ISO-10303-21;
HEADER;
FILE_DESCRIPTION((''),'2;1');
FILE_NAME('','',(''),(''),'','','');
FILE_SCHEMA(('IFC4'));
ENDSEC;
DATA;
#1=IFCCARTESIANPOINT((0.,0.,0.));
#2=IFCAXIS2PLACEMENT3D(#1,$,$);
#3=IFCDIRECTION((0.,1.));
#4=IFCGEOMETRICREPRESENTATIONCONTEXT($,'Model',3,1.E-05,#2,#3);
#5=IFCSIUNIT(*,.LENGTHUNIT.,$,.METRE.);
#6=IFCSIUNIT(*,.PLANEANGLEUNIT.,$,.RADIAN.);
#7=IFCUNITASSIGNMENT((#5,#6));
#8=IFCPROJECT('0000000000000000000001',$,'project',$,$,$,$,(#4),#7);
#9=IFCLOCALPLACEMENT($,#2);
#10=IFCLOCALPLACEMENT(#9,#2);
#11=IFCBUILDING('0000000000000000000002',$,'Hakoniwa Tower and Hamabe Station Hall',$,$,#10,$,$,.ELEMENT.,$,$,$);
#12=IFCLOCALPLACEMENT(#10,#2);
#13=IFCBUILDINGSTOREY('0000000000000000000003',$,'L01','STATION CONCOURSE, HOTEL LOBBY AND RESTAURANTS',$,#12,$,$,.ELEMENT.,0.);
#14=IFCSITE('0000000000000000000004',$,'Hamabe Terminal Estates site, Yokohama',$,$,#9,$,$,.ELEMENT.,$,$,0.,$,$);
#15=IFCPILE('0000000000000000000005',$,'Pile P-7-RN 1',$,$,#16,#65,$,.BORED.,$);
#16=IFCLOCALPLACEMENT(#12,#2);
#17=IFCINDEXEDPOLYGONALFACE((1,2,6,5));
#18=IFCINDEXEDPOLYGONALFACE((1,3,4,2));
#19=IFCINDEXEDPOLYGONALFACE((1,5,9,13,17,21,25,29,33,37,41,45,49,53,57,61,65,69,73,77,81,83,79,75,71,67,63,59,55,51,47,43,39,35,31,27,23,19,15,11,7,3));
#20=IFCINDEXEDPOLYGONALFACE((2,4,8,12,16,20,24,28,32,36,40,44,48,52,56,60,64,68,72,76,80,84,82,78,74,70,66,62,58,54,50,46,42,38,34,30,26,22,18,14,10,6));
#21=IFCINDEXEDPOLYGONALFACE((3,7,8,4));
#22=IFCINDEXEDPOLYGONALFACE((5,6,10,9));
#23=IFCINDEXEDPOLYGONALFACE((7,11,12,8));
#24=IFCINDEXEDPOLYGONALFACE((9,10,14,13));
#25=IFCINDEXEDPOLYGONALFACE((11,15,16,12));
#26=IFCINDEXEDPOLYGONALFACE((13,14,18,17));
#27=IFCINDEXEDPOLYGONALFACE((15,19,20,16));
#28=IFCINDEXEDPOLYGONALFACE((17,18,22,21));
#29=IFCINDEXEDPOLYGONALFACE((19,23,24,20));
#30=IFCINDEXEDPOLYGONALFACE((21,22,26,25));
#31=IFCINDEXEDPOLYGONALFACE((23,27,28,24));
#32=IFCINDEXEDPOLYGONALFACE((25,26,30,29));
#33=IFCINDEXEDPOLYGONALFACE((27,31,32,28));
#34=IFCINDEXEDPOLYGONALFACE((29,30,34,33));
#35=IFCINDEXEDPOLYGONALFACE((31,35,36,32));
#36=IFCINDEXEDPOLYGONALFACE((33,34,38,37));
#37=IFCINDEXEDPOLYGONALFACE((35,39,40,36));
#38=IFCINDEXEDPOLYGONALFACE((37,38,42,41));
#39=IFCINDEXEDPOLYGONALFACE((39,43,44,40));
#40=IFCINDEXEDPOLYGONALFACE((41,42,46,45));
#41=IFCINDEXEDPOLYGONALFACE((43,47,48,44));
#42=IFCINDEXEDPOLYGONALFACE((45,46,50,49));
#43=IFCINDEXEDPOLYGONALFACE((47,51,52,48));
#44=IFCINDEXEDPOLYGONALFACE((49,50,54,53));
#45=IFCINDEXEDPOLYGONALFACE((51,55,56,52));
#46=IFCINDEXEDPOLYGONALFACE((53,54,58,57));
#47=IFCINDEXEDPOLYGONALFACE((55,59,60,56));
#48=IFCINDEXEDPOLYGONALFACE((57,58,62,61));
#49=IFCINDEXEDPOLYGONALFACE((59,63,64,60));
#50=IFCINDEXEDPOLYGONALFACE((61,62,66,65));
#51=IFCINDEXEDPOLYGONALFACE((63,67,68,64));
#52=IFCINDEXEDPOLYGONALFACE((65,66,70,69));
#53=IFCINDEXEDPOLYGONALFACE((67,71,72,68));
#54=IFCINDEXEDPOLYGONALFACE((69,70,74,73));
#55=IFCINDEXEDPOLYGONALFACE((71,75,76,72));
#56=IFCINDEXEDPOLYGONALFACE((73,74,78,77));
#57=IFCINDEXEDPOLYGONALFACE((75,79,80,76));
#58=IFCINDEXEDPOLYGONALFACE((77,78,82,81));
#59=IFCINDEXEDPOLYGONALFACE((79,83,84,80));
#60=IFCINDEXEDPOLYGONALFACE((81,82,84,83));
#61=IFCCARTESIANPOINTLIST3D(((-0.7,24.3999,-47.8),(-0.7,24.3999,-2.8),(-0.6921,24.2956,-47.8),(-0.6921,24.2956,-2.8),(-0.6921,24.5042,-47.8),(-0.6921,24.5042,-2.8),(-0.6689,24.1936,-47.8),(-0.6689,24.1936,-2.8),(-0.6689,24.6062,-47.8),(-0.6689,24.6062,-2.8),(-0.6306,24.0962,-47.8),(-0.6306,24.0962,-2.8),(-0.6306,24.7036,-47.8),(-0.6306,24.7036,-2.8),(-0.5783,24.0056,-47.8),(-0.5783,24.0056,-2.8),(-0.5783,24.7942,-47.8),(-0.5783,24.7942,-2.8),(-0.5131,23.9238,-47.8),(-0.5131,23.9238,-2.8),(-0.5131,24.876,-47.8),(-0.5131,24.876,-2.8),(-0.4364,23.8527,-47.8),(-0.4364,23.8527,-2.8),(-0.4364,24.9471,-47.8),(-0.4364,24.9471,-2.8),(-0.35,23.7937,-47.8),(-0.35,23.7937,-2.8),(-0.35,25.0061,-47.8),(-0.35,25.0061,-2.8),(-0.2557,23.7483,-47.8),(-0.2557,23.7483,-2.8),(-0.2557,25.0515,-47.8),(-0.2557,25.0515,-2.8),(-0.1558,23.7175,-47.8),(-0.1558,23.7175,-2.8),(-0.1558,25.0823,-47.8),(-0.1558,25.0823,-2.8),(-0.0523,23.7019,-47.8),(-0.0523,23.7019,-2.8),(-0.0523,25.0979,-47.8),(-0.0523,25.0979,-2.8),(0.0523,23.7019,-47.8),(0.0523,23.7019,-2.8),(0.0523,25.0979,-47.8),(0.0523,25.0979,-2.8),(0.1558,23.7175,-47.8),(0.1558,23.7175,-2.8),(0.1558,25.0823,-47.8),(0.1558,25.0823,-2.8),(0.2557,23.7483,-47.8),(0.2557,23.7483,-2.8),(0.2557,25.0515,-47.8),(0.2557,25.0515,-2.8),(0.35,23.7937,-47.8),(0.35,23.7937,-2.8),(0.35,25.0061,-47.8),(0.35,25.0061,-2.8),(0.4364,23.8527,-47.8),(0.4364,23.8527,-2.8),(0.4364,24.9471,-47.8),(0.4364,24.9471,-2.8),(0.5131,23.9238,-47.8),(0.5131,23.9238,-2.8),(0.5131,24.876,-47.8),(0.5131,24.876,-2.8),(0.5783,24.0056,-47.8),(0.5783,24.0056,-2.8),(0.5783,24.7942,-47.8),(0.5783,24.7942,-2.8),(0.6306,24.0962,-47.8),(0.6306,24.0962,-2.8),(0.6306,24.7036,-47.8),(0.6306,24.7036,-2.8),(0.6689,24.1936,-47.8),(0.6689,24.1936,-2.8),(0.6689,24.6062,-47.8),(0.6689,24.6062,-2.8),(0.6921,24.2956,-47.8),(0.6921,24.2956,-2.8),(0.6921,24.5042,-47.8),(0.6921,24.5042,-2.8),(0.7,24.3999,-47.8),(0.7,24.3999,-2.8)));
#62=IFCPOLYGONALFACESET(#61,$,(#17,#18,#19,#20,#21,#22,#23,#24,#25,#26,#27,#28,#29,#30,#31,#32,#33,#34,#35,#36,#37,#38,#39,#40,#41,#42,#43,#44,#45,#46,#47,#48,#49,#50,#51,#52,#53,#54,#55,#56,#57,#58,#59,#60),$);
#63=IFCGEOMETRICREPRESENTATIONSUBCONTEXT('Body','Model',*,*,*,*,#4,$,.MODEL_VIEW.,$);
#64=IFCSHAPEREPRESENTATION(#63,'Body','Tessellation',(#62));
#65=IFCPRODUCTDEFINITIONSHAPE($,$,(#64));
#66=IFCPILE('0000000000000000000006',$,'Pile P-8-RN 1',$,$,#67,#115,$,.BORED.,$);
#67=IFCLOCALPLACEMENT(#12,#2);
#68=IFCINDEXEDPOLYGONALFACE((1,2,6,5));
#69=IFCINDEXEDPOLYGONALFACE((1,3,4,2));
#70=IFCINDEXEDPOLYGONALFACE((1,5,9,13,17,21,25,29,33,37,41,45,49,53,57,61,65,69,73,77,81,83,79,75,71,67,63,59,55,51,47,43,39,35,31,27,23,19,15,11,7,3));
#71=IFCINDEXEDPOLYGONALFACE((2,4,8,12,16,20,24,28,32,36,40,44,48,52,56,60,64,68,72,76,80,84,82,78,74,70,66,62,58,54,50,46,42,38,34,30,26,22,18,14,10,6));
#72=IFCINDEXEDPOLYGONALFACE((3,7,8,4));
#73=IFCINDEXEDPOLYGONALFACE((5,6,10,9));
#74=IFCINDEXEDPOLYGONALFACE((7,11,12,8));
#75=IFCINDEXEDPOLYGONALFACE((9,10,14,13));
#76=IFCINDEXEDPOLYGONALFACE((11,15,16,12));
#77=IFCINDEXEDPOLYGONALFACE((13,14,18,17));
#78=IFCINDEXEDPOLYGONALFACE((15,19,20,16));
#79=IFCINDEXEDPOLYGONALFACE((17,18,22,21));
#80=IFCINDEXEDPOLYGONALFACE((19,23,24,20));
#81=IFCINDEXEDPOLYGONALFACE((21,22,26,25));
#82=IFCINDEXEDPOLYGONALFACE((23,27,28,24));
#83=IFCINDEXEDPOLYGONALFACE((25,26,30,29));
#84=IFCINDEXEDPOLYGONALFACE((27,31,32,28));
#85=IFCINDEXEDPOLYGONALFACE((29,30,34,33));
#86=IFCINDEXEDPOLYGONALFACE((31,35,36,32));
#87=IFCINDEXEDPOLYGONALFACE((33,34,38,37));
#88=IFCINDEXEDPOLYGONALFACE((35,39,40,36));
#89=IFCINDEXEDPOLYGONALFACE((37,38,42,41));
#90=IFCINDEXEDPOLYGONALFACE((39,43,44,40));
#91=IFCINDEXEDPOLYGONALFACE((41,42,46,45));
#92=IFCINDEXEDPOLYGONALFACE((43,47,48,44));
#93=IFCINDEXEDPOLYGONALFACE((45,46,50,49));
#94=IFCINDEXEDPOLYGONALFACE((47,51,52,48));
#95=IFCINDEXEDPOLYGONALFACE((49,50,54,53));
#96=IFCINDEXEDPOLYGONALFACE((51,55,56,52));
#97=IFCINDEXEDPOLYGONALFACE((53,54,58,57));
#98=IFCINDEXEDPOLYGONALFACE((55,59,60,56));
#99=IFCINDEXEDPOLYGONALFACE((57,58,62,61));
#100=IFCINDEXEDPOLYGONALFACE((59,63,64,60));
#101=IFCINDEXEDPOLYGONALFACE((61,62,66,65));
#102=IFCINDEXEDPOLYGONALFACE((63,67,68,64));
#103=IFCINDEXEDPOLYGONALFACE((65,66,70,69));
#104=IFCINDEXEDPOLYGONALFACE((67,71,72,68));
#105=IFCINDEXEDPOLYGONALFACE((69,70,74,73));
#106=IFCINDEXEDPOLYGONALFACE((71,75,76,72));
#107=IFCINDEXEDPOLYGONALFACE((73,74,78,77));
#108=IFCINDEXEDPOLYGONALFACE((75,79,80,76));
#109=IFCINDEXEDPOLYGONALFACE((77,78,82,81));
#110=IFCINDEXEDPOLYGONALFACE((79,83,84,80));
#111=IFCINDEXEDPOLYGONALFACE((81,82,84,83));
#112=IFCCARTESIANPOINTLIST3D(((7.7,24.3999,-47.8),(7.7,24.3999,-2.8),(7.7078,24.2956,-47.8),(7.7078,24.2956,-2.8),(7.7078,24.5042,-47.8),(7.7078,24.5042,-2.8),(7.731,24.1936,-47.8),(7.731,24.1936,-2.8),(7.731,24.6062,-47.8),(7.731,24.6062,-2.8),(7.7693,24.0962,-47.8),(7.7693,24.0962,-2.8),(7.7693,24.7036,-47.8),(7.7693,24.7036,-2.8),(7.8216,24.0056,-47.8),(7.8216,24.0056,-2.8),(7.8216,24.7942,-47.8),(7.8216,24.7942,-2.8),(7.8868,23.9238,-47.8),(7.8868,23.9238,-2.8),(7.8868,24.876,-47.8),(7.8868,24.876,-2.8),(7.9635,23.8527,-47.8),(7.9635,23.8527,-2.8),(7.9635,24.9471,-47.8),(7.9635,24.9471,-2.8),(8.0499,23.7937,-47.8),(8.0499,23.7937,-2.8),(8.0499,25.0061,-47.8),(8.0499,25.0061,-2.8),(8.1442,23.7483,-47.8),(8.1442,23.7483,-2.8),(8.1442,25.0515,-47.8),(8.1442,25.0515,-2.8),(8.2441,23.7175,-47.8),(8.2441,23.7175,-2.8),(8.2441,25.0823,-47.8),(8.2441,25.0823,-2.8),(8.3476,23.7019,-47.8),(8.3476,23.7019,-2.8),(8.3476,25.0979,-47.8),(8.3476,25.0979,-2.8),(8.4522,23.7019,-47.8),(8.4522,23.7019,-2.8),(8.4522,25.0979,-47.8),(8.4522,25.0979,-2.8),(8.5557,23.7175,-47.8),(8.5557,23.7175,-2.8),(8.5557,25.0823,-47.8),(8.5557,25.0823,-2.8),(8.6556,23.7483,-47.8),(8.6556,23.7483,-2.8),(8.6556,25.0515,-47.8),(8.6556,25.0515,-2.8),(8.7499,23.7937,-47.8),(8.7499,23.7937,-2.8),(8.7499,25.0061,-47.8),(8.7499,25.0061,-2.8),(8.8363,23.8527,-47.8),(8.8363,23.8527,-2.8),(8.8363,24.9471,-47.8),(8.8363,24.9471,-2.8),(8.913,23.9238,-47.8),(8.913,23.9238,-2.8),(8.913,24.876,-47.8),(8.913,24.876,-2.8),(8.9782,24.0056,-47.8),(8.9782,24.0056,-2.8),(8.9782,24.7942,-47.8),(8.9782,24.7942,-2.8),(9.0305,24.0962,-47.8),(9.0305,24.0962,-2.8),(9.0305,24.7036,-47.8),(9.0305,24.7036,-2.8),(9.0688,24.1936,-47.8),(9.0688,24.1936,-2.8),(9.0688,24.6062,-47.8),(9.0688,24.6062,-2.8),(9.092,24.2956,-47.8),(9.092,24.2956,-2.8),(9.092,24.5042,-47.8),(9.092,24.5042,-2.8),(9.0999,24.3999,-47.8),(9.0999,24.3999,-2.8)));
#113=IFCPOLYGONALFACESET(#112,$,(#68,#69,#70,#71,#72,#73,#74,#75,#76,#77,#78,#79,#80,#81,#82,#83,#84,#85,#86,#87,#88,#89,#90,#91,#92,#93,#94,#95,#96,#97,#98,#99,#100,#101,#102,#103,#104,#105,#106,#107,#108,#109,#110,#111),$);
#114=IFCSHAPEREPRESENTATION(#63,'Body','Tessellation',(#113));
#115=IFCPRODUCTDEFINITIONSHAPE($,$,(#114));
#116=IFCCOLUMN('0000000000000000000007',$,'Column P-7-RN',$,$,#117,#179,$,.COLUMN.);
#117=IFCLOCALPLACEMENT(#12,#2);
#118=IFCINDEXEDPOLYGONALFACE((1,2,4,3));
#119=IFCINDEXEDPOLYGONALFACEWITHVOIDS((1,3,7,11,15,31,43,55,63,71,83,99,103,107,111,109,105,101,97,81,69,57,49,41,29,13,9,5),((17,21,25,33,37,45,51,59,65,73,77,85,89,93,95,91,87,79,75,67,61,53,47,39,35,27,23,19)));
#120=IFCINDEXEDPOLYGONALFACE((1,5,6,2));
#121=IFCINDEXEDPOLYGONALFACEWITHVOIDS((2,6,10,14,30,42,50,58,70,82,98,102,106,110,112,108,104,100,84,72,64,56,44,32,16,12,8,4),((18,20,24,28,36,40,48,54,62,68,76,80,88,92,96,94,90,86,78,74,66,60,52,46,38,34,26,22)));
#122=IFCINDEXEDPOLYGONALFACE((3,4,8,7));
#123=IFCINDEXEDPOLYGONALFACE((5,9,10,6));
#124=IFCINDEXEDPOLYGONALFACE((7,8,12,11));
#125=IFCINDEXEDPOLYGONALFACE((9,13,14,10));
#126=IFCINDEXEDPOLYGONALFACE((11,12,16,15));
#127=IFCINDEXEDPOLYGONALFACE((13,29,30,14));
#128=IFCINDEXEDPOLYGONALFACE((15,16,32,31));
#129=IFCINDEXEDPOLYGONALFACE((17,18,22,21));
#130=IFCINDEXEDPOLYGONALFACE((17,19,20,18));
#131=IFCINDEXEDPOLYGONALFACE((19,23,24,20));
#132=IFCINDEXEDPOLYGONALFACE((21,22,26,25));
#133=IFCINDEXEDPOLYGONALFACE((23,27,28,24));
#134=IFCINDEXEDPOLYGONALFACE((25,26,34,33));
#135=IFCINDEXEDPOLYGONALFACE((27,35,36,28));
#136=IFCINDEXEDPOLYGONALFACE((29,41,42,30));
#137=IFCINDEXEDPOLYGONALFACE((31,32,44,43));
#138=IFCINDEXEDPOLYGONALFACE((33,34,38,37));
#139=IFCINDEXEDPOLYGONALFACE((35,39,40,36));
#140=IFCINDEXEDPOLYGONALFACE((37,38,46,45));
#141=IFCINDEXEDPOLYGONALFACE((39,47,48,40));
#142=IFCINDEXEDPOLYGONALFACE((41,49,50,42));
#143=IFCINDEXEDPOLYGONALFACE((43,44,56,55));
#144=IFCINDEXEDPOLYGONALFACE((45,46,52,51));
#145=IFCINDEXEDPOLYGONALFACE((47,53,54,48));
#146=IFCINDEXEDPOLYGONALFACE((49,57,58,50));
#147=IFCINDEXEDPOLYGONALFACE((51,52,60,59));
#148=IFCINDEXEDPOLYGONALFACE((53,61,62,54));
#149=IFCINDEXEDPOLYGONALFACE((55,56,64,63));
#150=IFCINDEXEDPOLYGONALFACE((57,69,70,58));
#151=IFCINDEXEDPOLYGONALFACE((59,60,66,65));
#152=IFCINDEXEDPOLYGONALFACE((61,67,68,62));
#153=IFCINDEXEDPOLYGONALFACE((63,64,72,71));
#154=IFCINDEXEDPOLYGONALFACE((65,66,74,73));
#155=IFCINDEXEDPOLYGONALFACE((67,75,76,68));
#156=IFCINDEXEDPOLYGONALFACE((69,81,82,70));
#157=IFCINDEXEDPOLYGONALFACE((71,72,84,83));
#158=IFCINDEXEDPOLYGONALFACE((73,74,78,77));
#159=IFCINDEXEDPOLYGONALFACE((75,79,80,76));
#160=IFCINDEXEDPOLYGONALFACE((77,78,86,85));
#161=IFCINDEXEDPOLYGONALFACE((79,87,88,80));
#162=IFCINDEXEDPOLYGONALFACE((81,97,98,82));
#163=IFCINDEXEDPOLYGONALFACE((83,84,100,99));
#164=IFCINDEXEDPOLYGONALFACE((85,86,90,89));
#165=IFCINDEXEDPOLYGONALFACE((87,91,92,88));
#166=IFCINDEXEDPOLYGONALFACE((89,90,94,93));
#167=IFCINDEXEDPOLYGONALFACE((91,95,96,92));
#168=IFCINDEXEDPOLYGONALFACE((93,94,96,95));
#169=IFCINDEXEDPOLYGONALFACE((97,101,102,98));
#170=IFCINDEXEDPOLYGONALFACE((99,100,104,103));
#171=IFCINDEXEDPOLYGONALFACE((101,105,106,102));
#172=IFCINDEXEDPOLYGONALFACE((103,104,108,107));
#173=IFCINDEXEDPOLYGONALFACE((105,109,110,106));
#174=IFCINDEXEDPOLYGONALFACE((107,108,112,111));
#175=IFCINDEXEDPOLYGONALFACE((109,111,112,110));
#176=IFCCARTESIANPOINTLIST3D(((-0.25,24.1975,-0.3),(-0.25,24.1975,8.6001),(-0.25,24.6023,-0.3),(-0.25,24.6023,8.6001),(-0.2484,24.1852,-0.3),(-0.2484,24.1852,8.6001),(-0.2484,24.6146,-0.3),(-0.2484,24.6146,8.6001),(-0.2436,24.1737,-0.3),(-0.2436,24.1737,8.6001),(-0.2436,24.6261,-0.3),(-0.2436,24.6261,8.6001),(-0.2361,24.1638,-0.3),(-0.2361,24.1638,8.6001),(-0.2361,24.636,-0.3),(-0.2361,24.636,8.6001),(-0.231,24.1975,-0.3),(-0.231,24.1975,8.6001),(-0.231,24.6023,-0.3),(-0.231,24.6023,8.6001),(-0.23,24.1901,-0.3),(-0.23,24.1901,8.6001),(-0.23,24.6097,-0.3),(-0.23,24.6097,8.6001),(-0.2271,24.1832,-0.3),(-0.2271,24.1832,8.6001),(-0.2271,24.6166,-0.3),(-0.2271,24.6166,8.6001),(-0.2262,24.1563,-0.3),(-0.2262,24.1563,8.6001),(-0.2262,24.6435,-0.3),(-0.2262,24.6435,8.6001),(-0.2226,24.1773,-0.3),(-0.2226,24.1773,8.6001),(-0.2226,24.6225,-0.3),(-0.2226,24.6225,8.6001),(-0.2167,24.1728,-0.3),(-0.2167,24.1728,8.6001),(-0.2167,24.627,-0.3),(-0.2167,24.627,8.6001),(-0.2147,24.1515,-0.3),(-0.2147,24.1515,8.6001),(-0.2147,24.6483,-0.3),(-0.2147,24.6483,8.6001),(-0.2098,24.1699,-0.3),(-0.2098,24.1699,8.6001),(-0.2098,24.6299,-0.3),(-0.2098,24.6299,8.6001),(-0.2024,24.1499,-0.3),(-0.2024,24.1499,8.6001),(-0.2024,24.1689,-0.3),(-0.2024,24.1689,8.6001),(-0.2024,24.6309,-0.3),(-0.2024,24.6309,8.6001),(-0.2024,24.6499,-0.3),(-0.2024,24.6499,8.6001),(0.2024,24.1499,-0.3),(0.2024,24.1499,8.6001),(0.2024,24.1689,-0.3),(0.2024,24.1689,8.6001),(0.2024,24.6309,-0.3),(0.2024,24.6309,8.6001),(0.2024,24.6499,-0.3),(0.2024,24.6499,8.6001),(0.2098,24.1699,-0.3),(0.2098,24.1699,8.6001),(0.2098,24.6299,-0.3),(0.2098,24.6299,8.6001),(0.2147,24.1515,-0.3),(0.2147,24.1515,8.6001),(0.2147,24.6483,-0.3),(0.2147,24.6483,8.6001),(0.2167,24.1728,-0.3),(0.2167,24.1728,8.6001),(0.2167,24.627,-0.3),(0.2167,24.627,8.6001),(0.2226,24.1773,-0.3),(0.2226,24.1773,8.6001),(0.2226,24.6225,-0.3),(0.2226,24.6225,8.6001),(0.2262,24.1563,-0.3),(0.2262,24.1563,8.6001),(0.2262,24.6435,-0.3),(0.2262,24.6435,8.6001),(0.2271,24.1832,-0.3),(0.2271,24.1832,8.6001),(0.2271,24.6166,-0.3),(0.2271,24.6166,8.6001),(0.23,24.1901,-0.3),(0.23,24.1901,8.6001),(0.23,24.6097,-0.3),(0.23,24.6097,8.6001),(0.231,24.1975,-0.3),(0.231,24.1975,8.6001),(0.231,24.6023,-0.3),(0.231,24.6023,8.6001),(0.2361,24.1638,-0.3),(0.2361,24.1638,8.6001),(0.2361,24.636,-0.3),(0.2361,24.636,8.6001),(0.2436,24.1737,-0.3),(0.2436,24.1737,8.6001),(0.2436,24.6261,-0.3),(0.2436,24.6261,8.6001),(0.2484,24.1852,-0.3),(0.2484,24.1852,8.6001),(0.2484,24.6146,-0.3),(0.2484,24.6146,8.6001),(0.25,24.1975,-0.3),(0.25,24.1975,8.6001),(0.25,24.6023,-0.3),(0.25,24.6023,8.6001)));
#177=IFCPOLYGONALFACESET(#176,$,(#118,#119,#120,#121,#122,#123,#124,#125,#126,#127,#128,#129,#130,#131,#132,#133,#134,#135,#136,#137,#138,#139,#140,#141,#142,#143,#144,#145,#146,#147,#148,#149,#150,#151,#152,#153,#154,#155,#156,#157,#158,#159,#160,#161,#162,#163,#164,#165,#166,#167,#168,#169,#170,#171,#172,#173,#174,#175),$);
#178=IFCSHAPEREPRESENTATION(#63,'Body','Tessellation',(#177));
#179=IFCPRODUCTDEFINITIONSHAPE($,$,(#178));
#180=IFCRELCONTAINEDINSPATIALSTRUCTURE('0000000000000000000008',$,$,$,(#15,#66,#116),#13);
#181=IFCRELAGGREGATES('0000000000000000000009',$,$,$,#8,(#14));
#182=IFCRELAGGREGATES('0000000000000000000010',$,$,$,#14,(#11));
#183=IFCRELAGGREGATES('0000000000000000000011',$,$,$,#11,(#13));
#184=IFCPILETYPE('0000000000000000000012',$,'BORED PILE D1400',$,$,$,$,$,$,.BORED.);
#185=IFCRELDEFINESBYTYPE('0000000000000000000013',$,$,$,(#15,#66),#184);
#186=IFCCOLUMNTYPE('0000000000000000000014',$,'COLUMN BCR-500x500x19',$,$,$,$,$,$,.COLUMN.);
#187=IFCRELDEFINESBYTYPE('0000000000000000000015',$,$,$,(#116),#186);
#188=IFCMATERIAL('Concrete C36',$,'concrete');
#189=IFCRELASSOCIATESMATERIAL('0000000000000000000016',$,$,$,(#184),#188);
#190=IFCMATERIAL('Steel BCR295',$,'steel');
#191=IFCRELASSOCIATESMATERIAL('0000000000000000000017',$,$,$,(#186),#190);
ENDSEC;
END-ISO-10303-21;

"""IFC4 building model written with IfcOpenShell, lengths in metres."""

from ifc_helpers import new_model, si_unit, direction, frame, origin, origin_2d, place, context, subcontext, project, spatial, hollow_rectangle, circle, extrude, material, material_profile, profile_set, type_object, element, save


model = new_model("IFC4")

# Units and contexts
model_context = context("Model", 3, precision=1e-05, world=origin(), true_north=direction((0.0, 1.0)))
body_context = subcontext(model_context, "Body", "Model", "MODEL_VIEW")
ifc_project = project(units=[si_unit("LENGTHUNIT", "METRE"), si_unit("PLANEANGLEUNIT", "RADIAN")], contexts=[model_context])

# Site, building, storey
site_placement = place(None, origin())
site = spatial("IfcSite", under=ifc_project, at=site_placement, Name="Hamabe Terminal Estates site, Yokohama", CompositionType="ELEMENT", RefElevation=0.0)
building_placement = place(site_placement, origin())
building = spatial("IfcBuilding", under=site, at=building_placement, Name="Hakoniwa Tower and Hamabe Station Hall", CompositionType="ELEMENT")
storey_placement = place(building_placement, origin())
storey = spatial("IfcBuildingStorey", under=building, at=storey_placement, Name="L01", Description="STATION CONCOURSE, HOTEL LOBBY AND RESTAURANTS", CompositionType="ELEMENT", Elevation=0.0)

# Piles
ifc_material_1 = material(Name="Concrete C36", Category="concrete")
ifc_material_profile_1 = material_profile(ifc_material_1, circle(Radius=0.7, at=origin_2d()), Name="BORED PILE D1400")
ifc_profile_set_1 = profile_set([ifc_material_profile_1], Name="Concrete C36")
pile_type = type_object("IfcPileType", Name="BORED PILE D1400", PredefinedType="BORED", material=ifc_profile_set_1)
for number, where, z_axis, x_axis, name in (
    (1, (0.0, 24.3999, -2.8), (0.0, 0.0, -1.0), (1.0, 0.0, 0.0), "Pile P-7-RN 1"),
    (2, (8.3999, 24.3999, -2.8), (0.0, 0.0, -1.0), (1.0, 0.0, 0.0), "Pile P-8-RN 1"),
):
    element("IfcPile", number, at=place(storey_placement, frame(where, z_axis=z_axis, x_axis=x_axis)), inside=storey, type_object=pile_type, Name=name, PredefinedType="BORED", context=body_context, shape_type="SweptSolid", body=[
        extrude(circle(Radius=0.7, at=origin_2d()), origin(), (0.0, 0.0, 1.0), 45.0),
    ])

# Column
ifc_material_2 = material(Name="Steel BCR295", Category="steel")
ifc_material_profile_2 = material_profile(ifc_material_2, hollow_rectangle(XDim=0.5, YDim=0.5, WallThickness=0.019, InnerFilletRadius=0.0286, OuterFilletRadius=0.0476, at=origin_2d()), Name="BCR-500x500x19")
ifc_profile_set_2 = profile_set([ifc_material_profile_2], Name="Steel BCR295")
column_type_1 = type_object("IfcColumnType", Name="COLUMN BCR-500x500x19", PredefinedType="COLUMN", material=ifc_profile_set_2)
for number, where, z_axis, x_axis, name in (
    (3, (0.0, 24.3999, -0.3), (0.0, 0.0, 1.0), (1.0, 0.0, 0.0), "Column P-7-RN"),
):
    element("IfcColumn", number, at=place(storey_placement, frame(where, z_axis=z_axis, x_axis=x_axis)), inside=storey, type_object=column_type_1, Name=name, PredefinedType="COLUMN", context=body_context, shape_type="SweptSolid", body=[
        extrude(hollow_rectangle(XDim=0.5, YDim=0.5, WallThickness=0.019, InnerFilletRadius=0.0286, OuterFilletRadius=0.0476, at=origin_2d()), origin(), (0.0, 0.0, 1.0), 8.9001),
    ])

save(model, "model.ifc")
